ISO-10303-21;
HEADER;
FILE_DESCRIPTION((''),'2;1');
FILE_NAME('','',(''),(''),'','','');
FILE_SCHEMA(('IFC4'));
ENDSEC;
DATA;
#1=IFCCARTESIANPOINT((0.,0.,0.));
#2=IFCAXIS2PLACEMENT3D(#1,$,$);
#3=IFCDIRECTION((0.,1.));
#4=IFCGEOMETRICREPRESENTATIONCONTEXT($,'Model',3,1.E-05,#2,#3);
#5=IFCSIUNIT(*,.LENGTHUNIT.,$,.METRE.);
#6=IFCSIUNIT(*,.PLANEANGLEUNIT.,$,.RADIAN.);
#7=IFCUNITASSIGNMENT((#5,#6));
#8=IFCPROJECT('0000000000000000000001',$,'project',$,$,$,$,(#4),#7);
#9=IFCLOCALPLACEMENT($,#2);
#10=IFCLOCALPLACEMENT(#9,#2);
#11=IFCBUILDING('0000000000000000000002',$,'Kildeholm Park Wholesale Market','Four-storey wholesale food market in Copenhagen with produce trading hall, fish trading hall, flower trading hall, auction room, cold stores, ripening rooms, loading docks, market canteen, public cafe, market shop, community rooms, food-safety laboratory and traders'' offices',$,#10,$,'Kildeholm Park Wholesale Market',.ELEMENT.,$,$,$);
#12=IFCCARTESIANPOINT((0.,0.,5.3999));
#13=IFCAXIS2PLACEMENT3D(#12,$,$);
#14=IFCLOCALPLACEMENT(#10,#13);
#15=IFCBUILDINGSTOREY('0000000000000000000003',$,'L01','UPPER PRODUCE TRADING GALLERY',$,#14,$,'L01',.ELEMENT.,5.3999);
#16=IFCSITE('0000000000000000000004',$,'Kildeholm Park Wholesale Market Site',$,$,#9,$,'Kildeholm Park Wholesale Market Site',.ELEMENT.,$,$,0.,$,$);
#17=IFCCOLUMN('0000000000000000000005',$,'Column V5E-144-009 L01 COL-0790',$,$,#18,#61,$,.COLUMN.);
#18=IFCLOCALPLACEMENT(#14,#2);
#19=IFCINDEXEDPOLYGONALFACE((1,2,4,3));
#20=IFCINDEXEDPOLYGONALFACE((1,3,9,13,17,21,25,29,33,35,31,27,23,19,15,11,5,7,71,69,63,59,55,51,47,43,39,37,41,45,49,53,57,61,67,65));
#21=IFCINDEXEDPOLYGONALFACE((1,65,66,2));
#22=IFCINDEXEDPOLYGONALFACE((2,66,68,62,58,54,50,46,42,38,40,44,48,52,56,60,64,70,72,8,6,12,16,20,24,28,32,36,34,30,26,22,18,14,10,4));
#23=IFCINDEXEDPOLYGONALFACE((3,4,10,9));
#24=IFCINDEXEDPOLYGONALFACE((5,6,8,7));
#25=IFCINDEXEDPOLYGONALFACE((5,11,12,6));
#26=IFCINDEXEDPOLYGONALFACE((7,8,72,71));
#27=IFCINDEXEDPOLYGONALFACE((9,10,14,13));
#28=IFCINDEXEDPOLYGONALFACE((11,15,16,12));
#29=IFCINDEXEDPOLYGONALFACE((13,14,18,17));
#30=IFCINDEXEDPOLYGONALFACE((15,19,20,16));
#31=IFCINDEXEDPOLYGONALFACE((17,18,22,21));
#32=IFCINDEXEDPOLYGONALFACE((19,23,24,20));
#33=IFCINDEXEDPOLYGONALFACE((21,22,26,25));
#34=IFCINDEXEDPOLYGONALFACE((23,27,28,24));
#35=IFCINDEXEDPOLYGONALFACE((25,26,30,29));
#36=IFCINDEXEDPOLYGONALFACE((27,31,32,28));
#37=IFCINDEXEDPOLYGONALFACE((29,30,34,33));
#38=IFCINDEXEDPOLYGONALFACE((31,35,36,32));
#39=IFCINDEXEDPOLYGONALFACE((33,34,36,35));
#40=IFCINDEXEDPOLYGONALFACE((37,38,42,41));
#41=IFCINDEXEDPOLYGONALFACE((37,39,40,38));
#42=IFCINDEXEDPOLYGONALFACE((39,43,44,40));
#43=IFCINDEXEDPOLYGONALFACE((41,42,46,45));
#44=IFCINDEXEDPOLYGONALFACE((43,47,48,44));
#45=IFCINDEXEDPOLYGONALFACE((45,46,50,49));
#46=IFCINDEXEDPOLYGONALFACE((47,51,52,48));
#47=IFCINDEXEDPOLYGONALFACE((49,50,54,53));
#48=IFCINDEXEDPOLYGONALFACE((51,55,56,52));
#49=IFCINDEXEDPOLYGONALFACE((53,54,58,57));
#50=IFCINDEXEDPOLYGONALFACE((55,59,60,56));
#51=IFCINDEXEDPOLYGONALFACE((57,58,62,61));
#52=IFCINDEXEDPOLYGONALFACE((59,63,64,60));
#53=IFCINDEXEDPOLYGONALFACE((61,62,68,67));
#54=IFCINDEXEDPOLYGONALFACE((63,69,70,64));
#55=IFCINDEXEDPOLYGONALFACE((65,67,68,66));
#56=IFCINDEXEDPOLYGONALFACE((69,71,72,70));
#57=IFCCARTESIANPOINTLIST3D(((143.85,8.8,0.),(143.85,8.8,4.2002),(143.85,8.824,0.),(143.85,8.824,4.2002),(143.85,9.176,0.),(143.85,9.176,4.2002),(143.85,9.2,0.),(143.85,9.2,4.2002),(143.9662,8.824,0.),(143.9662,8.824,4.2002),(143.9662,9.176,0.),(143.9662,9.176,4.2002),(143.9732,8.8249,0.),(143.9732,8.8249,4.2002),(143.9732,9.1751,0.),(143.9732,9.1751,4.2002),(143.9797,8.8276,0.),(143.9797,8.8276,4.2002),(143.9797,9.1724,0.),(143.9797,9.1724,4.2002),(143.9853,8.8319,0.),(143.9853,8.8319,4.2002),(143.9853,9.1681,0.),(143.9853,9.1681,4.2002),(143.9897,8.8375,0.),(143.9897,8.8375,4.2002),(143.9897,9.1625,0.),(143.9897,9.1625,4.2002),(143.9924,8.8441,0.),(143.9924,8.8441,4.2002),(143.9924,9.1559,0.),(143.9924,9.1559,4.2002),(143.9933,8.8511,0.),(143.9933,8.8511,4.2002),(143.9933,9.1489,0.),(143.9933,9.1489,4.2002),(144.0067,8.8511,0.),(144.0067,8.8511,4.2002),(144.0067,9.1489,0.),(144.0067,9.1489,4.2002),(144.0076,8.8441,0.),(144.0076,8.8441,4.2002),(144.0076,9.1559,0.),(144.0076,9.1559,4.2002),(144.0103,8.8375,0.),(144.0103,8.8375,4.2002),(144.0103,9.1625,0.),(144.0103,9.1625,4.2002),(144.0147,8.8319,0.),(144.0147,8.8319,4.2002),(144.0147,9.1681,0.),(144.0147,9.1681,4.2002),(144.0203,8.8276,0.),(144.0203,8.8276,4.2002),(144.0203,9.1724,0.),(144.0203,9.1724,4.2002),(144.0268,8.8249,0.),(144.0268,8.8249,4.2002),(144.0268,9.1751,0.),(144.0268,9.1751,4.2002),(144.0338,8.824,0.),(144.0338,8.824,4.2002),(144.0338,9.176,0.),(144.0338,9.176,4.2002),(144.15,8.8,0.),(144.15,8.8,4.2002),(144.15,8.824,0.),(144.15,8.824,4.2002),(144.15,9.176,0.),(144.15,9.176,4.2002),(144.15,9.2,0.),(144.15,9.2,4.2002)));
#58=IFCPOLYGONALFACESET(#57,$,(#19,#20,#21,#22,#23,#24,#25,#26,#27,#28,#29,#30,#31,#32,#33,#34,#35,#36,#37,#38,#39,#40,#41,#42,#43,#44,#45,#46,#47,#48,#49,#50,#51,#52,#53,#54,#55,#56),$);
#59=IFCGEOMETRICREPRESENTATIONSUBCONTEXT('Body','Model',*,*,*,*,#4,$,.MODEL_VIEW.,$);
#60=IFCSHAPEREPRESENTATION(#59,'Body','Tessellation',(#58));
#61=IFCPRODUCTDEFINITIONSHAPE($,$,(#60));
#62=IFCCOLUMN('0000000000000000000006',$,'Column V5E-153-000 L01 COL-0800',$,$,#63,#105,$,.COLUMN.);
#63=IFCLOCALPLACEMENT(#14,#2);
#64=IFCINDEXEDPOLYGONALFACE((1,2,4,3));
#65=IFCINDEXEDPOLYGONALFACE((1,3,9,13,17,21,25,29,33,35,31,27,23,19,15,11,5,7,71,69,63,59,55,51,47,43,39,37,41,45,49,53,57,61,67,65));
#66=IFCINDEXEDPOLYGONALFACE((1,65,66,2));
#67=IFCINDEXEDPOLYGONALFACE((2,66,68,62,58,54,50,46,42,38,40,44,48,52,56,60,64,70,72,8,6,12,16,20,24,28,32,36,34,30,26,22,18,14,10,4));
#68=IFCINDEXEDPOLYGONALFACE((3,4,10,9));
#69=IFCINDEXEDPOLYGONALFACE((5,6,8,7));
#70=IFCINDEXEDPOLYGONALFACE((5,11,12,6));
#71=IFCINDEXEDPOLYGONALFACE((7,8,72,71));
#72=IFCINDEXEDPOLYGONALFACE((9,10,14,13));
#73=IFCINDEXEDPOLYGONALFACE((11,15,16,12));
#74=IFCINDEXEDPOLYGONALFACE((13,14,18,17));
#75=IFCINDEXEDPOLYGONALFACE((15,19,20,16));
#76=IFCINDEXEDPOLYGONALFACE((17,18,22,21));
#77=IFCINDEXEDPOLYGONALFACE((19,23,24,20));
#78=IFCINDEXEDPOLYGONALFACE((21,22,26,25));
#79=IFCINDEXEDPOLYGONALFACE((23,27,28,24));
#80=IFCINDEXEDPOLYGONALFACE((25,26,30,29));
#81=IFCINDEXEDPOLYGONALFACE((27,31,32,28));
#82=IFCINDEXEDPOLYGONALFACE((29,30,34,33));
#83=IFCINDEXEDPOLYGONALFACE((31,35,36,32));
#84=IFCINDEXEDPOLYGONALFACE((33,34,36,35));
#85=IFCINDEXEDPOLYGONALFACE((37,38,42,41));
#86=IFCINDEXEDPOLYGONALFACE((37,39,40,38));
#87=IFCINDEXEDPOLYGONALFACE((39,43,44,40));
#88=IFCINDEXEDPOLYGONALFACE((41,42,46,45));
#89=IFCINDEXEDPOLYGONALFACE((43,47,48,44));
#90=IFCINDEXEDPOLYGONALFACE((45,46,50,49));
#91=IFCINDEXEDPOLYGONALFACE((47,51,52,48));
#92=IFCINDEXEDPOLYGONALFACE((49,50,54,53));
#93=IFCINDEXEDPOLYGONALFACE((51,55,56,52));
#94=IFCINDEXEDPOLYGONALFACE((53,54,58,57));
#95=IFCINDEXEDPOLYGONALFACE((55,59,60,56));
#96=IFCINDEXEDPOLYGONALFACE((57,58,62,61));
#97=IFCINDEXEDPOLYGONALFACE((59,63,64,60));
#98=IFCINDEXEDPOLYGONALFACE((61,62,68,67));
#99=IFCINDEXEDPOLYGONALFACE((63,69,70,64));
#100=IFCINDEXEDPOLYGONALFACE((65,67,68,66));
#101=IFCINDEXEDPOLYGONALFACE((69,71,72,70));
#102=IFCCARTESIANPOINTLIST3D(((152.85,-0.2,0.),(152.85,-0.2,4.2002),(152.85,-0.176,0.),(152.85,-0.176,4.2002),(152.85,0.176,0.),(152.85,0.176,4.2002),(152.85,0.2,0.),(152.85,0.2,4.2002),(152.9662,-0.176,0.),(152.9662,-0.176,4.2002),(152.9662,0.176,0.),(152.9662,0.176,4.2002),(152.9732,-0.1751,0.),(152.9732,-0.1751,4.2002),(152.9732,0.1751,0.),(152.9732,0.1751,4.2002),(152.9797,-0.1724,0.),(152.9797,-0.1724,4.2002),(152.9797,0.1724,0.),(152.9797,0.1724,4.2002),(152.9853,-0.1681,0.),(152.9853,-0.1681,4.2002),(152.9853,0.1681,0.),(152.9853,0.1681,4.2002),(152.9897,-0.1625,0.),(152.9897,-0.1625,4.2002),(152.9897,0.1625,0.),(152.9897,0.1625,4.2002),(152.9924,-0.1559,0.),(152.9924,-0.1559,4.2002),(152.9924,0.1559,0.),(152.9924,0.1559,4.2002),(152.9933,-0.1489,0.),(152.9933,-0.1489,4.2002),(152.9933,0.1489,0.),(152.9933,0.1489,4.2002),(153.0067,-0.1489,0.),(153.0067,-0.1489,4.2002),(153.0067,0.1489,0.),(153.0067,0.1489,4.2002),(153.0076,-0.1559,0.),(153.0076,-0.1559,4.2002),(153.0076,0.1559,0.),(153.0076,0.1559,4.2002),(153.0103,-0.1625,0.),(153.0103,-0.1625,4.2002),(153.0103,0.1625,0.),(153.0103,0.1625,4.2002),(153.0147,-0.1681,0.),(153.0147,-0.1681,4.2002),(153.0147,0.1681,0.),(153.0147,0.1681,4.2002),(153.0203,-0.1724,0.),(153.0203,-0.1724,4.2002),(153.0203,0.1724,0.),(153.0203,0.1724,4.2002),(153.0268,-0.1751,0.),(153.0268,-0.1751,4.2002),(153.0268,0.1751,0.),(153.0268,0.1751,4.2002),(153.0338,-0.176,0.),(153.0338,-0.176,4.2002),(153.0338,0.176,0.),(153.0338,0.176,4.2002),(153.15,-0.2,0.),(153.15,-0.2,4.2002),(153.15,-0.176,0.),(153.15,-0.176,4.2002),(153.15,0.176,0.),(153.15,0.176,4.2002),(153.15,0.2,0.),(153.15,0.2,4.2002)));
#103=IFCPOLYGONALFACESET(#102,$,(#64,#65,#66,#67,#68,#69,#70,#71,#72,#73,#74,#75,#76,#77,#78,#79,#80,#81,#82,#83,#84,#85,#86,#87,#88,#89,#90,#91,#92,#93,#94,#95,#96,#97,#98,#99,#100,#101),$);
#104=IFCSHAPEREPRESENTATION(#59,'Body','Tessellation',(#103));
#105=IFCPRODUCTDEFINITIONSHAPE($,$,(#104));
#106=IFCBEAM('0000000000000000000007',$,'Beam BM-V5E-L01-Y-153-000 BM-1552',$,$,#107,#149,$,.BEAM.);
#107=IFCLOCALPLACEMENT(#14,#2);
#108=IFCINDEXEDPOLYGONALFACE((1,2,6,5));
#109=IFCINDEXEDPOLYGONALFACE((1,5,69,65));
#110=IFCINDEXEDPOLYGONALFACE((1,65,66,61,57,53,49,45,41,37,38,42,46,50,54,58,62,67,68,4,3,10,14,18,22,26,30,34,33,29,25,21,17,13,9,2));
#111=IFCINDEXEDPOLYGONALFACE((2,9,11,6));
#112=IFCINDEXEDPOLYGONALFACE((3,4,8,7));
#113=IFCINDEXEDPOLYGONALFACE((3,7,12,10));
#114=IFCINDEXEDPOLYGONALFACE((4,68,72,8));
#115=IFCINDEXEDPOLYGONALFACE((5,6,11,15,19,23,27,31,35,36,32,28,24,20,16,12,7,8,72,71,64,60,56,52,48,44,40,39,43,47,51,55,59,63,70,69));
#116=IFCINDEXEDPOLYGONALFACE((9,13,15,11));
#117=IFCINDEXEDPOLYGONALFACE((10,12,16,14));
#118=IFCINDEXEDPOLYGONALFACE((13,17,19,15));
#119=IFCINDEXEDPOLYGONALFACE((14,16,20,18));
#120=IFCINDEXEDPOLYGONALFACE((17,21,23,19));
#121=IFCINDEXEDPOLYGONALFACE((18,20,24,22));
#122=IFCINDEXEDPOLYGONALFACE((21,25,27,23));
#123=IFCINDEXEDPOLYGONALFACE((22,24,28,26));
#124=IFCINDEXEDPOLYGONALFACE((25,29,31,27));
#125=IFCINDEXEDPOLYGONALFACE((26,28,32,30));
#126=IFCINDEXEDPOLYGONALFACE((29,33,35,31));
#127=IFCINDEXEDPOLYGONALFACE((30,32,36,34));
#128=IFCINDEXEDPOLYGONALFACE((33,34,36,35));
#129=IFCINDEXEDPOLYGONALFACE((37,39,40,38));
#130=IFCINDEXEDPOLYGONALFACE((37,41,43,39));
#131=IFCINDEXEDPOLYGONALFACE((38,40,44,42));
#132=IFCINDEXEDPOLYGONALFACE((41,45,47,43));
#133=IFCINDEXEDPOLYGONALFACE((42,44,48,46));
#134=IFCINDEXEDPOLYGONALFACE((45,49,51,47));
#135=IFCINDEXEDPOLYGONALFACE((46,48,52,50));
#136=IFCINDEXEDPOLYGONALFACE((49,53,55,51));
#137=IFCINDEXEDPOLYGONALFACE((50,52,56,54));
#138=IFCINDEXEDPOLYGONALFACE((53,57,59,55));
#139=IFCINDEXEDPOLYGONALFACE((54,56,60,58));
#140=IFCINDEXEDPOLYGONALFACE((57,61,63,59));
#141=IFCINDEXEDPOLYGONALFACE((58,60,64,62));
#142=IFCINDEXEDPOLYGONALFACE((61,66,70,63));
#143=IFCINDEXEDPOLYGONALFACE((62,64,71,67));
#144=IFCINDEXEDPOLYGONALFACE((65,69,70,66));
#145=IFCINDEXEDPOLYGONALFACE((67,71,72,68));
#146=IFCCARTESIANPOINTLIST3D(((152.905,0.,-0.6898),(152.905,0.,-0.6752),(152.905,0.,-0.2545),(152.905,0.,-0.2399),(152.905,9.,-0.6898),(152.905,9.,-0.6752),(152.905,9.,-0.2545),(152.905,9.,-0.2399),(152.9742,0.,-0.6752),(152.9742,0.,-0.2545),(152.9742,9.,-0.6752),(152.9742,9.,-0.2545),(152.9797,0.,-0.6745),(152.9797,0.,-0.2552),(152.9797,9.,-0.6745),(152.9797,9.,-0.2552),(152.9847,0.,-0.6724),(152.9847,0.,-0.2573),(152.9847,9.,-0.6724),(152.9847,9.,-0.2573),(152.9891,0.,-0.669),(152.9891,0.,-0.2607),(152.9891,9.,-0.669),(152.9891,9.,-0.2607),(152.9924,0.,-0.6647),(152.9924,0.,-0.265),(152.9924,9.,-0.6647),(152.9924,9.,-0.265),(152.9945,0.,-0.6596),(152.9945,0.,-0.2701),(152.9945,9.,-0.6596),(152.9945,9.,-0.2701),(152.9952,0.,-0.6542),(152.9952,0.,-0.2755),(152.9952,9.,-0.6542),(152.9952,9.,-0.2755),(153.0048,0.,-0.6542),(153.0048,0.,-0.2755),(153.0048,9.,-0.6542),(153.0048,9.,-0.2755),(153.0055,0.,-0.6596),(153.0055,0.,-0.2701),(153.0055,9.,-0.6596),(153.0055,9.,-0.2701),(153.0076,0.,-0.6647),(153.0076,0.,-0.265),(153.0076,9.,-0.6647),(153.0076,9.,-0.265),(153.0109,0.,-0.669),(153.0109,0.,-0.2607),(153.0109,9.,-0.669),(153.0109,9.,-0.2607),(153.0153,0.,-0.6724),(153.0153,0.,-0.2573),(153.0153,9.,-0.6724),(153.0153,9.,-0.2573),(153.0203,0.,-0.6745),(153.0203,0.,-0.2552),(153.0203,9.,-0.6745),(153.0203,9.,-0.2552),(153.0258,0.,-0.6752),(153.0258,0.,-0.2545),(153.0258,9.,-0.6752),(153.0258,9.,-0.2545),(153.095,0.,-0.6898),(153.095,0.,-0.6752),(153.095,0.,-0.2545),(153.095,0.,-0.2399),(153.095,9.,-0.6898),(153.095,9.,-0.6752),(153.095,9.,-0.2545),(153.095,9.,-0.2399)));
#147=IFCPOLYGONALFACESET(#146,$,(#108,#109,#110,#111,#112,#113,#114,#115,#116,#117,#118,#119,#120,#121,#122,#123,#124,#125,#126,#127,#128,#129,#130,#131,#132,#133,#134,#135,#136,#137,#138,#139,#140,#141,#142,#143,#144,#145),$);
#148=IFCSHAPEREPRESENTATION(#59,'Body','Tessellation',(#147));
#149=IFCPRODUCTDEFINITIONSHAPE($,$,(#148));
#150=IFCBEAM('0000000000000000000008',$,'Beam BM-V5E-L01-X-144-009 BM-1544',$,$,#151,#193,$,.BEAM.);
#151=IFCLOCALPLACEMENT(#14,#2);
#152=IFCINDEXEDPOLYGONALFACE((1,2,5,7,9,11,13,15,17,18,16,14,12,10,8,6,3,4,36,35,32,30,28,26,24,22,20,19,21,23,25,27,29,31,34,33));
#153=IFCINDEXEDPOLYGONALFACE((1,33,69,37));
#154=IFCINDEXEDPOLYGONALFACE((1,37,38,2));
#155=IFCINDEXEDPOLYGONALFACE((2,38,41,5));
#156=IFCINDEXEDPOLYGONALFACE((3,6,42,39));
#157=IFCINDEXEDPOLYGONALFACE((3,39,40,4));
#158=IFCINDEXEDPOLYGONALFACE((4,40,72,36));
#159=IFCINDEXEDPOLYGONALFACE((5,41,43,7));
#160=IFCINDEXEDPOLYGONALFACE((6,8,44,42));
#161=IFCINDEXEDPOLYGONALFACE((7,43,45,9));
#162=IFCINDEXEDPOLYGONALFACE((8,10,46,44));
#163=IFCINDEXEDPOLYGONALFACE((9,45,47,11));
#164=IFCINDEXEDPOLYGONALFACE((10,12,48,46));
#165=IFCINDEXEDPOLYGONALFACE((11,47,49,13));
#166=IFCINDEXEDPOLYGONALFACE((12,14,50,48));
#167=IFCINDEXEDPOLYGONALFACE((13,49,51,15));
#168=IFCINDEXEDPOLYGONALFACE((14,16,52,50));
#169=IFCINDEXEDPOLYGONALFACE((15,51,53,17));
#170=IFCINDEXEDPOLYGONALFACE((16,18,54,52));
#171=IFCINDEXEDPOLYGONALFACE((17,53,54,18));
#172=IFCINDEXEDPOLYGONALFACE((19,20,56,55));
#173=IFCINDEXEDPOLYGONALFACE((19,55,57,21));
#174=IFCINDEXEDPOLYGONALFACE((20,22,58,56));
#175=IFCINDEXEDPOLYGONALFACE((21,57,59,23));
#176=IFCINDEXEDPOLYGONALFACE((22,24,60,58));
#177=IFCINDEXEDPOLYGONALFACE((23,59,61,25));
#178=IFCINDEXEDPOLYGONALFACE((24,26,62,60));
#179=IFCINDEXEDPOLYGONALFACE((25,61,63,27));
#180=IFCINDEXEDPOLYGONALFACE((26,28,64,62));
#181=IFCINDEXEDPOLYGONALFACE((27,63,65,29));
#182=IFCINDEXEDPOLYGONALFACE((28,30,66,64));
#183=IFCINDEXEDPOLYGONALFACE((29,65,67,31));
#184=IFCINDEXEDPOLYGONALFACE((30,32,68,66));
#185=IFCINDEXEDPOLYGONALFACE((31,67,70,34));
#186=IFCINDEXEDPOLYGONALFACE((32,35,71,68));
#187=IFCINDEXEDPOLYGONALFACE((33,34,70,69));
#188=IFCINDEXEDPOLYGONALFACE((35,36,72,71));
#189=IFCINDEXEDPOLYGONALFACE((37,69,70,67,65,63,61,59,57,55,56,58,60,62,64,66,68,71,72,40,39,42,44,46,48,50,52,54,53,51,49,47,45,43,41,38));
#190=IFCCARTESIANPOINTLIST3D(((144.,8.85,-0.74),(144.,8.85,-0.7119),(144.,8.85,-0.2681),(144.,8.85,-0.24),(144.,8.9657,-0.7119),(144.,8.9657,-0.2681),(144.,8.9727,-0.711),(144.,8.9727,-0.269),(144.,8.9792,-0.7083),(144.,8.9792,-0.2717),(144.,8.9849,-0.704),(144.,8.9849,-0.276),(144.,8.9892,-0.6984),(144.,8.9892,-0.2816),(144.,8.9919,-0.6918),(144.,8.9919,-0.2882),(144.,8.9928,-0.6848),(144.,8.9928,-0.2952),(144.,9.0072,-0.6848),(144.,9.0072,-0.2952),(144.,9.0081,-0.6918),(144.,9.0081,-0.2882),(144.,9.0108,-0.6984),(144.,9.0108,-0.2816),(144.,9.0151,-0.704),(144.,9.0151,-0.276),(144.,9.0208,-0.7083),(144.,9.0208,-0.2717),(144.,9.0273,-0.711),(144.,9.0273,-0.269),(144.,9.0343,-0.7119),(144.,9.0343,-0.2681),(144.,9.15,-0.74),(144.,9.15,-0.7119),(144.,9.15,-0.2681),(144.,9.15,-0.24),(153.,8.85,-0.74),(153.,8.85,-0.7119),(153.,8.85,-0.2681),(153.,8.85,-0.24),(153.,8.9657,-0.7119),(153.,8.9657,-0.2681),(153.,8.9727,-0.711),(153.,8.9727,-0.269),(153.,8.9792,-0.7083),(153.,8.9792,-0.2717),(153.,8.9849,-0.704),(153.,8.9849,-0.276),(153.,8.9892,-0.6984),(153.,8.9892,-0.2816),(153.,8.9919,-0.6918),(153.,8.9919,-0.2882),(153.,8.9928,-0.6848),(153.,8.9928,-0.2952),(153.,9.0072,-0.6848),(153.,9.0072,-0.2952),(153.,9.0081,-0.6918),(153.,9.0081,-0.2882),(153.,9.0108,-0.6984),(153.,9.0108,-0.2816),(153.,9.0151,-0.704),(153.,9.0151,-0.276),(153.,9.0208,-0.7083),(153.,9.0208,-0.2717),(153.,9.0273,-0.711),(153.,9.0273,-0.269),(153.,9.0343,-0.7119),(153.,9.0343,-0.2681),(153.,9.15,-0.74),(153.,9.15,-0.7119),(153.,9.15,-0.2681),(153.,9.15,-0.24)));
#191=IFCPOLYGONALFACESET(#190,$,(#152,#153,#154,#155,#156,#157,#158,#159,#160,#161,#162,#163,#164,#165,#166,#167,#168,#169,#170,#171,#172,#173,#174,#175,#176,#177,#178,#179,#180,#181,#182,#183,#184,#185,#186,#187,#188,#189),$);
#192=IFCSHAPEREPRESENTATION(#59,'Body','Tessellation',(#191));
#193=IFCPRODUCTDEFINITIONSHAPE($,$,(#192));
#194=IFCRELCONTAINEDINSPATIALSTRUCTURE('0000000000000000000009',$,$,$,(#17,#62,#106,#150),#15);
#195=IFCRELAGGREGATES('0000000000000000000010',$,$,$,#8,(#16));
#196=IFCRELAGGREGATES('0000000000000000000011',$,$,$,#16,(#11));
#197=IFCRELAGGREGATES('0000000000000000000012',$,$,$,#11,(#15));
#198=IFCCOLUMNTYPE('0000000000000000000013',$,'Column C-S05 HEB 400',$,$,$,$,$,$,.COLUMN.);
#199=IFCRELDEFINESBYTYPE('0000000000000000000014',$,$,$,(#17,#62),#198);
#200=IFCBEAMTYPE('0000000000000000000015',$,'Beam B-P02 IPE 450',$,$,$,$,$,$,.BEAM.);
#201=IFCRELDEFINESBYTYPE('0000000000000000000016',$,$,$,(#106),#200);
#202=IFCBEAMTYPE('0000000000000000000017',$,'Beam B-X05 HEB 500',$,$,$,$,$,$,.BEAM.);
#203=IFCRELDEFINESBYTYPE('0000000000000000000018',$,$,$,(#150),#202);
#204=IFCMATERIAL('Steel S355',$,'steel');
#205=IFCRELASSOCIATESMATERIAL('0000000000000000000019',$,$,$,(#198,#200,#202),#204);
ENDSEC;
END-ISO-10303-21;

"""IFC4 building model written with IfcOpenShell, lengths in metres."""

from ifc_helpers import new_model, si_unit, direction, frame, origin, origin_2d, place, context, subcontext, project, spatial, i_section, extrude, material, material_profile, profile_set, type_object, element, save


model = new_model("IFC4")

# Units and contexts
model_context = context("Model", 3, precision=1e-05, world=origin(), true_north=direction((0.0, 1.0)))
body_context = subcontext(model_context, "Body", "Model", "MODEL_VIEW")
ifc_project = project(units=[si_unit("LENGTHUNIT", "METRE"), si_unit("PLANEANGLEUNIT", "RADIAN")], contexts=[model_context])

# Site, building, storey
site_placement = place(None, origin())
site = spatial("IfcSite", under=ifc_project, at=site_placement, Name="Kildeholm Park Wholesale Market Site", LongName="Kildeholm Park Wholesale Market Site", CompositionType="ELEMENT", RefElevation=0.0)
building_placement = place(site_placement, origin())
building = spatial("IfcBuilding", under=site, at=building_placement, Name="Kildeholm Park Wholesale Market", Description="Four-storey wholesale food market in Copenhagen with produce trading hall, fish trading hall, flower trading hall, auction room, cold stores, ripening rooms, loading docks, market canteen, public cafe, market shop, community rooms, food-safety laboratory and traders' offices", LongName="Kildeholm Park Wholesale Market", CompositionType="ELEMENT")
storey_placement = place(building_placement, frame((0.0, 0.0, 5.3999)))
storey = spatial("IfcBuildingStorey", under=building, at=storey_placement, Name="L01", Description="UPPER PRODUCE TRADING GALLERY", LongName="L01", CompositionType="ELEMENT", Elevation=5.3999)

# Columns
ifc_material_1 = material(Name="Steel S355", Category="steel")
ifc_material_profile_1 = material_profile(ifc_material_1, i_section(OverallWidth=0.3, OverallDepth=0.3999, WebThickness=0.0134, FlangeThickness=0.0239, FilletRadius=0.0271, at=origin_2d()), Name="HEB 400")
ifc_profile_set_1 = profile_set([ifc_material_profile_1], Name="Steel S355")
column_type = type_object("IfcColumnType", Name="Column C-S05 HEB 400", PredefinedType="COLUMN", material=ifc_profile_set_1)
for number, where, z_axis, x_axis, name in (
    (1, (144.0, 9.0, 0.0), (0.0, 0.0, 1.0), (1.0, 0.0, 0.0), "Column V5E-144-009 L01 COL-0790"),
    (2, (153.0, 0.0, 0.0), (0.0, 0.0, 1.0), (1.0, 0.0, 0.0), "Column V5E-153-000 L01 COL-0800"),
):
    element("IfcColumn", number, at=place(storey_placement, frame(where, z_axis=z_axis, x_axis=x_axis)), inside=storey, type_object=column_type, Name=name, PredefinedType="COLUMN", context=body_context, shape_type="SweptSolid", body=[
        extrude(i_section(OverallWidth=0.3, OverallDepth=0.3999, WebThickness=0.0134, FlangeThickness=0.0239, FilletRadius=0.0271, at=origin_2d()), origin(), (0.0, 0.0, 1.0), 4.2002),
    ])

# Beams
ifc_material_profile_2 = material_profile(ifc_material_1, i_section(OverallWidth=0.1899, OverallDepth=0.45, WebThickness=0.0095, FlangeThickness=0.0146, FilletRadius=0.021, at=origin_2d()), Name="IPE 450")
ifc_profile_set_2 = profile_set([ifc_material_profile_2], Name="Steel S355")
beam_type_1 = type_object("IfcBeamType", Name="Beam B-P02 IPE 450", PredefinedType="BEAM", material=ifc_profile_set_2)
beam_1_placement = place(storey_placement, frame((153.0, 0.0, -0.4648), z_axis=(0.0, 1.0, 0.0), x_axis=(-1.0, 0.0, 0.0)))
element("IfcBeam", 3, at=beam_1_placement, inside=storey, type_object=beam_type_1, Name="Beam BM-V5E-L01-Y-153-000 BM-1552", PredefinedType="BEAM", context=body_context, shape_type="SweptSolid", body=[
    extrude(i_section(OverallWidth=0.1899, OverallDepth=0.45, WebThickness=0.0095, FlangeThickness=0.0146, FilletRadius=0.021, at=origin_2d()), origin(), (0.0, 0.0, 1.0), 9.0),
])
ifc_material_profile_3 = material_profile(ifc_material_1, i_section(OverallWidth=0.3, OverallDepth=0.5, WebThickness=0.0144, FlangeThickness=0.0281, FilletRadius=0.0271, at=origin_2d()), Name="HEB 500")
ifc_profile_set_3 = profile_set([ifc_material_profile_3], Name="Steel S355")
beam_type_2 = type_object("IfcBeamType", Name="Beam B-X05 HEB 500", PredefinedType="BEAM", material=ifc_profile_set_3)
beam_2_placement = place(storey_placement, frame((144.0, 9.0, -0.49), z_axis=(1.0, 0.0, 0.0), x_axis=(0.0, 1.0, 0.0)))
element("IfcBeam", 4, at=beam_2_placement, inside=storey, type_object=beam_type_2, Name="Beam BM-V5E-L01-X-144-009 BM-1544", PredefinedType="BEAM", context=body_context, shape_type="SweptSolid", body=[
    extrude(i_section(OverallWidth=0.3, OverallDepth=0.5, WebThickness=0.0144, FlangeThickness=0.0281, FilletRadius=0.0271, at=origin_2d()), origin(), (0.0, 0.0, 1.0), 9.0),
])

save(model, "model.ifc")
